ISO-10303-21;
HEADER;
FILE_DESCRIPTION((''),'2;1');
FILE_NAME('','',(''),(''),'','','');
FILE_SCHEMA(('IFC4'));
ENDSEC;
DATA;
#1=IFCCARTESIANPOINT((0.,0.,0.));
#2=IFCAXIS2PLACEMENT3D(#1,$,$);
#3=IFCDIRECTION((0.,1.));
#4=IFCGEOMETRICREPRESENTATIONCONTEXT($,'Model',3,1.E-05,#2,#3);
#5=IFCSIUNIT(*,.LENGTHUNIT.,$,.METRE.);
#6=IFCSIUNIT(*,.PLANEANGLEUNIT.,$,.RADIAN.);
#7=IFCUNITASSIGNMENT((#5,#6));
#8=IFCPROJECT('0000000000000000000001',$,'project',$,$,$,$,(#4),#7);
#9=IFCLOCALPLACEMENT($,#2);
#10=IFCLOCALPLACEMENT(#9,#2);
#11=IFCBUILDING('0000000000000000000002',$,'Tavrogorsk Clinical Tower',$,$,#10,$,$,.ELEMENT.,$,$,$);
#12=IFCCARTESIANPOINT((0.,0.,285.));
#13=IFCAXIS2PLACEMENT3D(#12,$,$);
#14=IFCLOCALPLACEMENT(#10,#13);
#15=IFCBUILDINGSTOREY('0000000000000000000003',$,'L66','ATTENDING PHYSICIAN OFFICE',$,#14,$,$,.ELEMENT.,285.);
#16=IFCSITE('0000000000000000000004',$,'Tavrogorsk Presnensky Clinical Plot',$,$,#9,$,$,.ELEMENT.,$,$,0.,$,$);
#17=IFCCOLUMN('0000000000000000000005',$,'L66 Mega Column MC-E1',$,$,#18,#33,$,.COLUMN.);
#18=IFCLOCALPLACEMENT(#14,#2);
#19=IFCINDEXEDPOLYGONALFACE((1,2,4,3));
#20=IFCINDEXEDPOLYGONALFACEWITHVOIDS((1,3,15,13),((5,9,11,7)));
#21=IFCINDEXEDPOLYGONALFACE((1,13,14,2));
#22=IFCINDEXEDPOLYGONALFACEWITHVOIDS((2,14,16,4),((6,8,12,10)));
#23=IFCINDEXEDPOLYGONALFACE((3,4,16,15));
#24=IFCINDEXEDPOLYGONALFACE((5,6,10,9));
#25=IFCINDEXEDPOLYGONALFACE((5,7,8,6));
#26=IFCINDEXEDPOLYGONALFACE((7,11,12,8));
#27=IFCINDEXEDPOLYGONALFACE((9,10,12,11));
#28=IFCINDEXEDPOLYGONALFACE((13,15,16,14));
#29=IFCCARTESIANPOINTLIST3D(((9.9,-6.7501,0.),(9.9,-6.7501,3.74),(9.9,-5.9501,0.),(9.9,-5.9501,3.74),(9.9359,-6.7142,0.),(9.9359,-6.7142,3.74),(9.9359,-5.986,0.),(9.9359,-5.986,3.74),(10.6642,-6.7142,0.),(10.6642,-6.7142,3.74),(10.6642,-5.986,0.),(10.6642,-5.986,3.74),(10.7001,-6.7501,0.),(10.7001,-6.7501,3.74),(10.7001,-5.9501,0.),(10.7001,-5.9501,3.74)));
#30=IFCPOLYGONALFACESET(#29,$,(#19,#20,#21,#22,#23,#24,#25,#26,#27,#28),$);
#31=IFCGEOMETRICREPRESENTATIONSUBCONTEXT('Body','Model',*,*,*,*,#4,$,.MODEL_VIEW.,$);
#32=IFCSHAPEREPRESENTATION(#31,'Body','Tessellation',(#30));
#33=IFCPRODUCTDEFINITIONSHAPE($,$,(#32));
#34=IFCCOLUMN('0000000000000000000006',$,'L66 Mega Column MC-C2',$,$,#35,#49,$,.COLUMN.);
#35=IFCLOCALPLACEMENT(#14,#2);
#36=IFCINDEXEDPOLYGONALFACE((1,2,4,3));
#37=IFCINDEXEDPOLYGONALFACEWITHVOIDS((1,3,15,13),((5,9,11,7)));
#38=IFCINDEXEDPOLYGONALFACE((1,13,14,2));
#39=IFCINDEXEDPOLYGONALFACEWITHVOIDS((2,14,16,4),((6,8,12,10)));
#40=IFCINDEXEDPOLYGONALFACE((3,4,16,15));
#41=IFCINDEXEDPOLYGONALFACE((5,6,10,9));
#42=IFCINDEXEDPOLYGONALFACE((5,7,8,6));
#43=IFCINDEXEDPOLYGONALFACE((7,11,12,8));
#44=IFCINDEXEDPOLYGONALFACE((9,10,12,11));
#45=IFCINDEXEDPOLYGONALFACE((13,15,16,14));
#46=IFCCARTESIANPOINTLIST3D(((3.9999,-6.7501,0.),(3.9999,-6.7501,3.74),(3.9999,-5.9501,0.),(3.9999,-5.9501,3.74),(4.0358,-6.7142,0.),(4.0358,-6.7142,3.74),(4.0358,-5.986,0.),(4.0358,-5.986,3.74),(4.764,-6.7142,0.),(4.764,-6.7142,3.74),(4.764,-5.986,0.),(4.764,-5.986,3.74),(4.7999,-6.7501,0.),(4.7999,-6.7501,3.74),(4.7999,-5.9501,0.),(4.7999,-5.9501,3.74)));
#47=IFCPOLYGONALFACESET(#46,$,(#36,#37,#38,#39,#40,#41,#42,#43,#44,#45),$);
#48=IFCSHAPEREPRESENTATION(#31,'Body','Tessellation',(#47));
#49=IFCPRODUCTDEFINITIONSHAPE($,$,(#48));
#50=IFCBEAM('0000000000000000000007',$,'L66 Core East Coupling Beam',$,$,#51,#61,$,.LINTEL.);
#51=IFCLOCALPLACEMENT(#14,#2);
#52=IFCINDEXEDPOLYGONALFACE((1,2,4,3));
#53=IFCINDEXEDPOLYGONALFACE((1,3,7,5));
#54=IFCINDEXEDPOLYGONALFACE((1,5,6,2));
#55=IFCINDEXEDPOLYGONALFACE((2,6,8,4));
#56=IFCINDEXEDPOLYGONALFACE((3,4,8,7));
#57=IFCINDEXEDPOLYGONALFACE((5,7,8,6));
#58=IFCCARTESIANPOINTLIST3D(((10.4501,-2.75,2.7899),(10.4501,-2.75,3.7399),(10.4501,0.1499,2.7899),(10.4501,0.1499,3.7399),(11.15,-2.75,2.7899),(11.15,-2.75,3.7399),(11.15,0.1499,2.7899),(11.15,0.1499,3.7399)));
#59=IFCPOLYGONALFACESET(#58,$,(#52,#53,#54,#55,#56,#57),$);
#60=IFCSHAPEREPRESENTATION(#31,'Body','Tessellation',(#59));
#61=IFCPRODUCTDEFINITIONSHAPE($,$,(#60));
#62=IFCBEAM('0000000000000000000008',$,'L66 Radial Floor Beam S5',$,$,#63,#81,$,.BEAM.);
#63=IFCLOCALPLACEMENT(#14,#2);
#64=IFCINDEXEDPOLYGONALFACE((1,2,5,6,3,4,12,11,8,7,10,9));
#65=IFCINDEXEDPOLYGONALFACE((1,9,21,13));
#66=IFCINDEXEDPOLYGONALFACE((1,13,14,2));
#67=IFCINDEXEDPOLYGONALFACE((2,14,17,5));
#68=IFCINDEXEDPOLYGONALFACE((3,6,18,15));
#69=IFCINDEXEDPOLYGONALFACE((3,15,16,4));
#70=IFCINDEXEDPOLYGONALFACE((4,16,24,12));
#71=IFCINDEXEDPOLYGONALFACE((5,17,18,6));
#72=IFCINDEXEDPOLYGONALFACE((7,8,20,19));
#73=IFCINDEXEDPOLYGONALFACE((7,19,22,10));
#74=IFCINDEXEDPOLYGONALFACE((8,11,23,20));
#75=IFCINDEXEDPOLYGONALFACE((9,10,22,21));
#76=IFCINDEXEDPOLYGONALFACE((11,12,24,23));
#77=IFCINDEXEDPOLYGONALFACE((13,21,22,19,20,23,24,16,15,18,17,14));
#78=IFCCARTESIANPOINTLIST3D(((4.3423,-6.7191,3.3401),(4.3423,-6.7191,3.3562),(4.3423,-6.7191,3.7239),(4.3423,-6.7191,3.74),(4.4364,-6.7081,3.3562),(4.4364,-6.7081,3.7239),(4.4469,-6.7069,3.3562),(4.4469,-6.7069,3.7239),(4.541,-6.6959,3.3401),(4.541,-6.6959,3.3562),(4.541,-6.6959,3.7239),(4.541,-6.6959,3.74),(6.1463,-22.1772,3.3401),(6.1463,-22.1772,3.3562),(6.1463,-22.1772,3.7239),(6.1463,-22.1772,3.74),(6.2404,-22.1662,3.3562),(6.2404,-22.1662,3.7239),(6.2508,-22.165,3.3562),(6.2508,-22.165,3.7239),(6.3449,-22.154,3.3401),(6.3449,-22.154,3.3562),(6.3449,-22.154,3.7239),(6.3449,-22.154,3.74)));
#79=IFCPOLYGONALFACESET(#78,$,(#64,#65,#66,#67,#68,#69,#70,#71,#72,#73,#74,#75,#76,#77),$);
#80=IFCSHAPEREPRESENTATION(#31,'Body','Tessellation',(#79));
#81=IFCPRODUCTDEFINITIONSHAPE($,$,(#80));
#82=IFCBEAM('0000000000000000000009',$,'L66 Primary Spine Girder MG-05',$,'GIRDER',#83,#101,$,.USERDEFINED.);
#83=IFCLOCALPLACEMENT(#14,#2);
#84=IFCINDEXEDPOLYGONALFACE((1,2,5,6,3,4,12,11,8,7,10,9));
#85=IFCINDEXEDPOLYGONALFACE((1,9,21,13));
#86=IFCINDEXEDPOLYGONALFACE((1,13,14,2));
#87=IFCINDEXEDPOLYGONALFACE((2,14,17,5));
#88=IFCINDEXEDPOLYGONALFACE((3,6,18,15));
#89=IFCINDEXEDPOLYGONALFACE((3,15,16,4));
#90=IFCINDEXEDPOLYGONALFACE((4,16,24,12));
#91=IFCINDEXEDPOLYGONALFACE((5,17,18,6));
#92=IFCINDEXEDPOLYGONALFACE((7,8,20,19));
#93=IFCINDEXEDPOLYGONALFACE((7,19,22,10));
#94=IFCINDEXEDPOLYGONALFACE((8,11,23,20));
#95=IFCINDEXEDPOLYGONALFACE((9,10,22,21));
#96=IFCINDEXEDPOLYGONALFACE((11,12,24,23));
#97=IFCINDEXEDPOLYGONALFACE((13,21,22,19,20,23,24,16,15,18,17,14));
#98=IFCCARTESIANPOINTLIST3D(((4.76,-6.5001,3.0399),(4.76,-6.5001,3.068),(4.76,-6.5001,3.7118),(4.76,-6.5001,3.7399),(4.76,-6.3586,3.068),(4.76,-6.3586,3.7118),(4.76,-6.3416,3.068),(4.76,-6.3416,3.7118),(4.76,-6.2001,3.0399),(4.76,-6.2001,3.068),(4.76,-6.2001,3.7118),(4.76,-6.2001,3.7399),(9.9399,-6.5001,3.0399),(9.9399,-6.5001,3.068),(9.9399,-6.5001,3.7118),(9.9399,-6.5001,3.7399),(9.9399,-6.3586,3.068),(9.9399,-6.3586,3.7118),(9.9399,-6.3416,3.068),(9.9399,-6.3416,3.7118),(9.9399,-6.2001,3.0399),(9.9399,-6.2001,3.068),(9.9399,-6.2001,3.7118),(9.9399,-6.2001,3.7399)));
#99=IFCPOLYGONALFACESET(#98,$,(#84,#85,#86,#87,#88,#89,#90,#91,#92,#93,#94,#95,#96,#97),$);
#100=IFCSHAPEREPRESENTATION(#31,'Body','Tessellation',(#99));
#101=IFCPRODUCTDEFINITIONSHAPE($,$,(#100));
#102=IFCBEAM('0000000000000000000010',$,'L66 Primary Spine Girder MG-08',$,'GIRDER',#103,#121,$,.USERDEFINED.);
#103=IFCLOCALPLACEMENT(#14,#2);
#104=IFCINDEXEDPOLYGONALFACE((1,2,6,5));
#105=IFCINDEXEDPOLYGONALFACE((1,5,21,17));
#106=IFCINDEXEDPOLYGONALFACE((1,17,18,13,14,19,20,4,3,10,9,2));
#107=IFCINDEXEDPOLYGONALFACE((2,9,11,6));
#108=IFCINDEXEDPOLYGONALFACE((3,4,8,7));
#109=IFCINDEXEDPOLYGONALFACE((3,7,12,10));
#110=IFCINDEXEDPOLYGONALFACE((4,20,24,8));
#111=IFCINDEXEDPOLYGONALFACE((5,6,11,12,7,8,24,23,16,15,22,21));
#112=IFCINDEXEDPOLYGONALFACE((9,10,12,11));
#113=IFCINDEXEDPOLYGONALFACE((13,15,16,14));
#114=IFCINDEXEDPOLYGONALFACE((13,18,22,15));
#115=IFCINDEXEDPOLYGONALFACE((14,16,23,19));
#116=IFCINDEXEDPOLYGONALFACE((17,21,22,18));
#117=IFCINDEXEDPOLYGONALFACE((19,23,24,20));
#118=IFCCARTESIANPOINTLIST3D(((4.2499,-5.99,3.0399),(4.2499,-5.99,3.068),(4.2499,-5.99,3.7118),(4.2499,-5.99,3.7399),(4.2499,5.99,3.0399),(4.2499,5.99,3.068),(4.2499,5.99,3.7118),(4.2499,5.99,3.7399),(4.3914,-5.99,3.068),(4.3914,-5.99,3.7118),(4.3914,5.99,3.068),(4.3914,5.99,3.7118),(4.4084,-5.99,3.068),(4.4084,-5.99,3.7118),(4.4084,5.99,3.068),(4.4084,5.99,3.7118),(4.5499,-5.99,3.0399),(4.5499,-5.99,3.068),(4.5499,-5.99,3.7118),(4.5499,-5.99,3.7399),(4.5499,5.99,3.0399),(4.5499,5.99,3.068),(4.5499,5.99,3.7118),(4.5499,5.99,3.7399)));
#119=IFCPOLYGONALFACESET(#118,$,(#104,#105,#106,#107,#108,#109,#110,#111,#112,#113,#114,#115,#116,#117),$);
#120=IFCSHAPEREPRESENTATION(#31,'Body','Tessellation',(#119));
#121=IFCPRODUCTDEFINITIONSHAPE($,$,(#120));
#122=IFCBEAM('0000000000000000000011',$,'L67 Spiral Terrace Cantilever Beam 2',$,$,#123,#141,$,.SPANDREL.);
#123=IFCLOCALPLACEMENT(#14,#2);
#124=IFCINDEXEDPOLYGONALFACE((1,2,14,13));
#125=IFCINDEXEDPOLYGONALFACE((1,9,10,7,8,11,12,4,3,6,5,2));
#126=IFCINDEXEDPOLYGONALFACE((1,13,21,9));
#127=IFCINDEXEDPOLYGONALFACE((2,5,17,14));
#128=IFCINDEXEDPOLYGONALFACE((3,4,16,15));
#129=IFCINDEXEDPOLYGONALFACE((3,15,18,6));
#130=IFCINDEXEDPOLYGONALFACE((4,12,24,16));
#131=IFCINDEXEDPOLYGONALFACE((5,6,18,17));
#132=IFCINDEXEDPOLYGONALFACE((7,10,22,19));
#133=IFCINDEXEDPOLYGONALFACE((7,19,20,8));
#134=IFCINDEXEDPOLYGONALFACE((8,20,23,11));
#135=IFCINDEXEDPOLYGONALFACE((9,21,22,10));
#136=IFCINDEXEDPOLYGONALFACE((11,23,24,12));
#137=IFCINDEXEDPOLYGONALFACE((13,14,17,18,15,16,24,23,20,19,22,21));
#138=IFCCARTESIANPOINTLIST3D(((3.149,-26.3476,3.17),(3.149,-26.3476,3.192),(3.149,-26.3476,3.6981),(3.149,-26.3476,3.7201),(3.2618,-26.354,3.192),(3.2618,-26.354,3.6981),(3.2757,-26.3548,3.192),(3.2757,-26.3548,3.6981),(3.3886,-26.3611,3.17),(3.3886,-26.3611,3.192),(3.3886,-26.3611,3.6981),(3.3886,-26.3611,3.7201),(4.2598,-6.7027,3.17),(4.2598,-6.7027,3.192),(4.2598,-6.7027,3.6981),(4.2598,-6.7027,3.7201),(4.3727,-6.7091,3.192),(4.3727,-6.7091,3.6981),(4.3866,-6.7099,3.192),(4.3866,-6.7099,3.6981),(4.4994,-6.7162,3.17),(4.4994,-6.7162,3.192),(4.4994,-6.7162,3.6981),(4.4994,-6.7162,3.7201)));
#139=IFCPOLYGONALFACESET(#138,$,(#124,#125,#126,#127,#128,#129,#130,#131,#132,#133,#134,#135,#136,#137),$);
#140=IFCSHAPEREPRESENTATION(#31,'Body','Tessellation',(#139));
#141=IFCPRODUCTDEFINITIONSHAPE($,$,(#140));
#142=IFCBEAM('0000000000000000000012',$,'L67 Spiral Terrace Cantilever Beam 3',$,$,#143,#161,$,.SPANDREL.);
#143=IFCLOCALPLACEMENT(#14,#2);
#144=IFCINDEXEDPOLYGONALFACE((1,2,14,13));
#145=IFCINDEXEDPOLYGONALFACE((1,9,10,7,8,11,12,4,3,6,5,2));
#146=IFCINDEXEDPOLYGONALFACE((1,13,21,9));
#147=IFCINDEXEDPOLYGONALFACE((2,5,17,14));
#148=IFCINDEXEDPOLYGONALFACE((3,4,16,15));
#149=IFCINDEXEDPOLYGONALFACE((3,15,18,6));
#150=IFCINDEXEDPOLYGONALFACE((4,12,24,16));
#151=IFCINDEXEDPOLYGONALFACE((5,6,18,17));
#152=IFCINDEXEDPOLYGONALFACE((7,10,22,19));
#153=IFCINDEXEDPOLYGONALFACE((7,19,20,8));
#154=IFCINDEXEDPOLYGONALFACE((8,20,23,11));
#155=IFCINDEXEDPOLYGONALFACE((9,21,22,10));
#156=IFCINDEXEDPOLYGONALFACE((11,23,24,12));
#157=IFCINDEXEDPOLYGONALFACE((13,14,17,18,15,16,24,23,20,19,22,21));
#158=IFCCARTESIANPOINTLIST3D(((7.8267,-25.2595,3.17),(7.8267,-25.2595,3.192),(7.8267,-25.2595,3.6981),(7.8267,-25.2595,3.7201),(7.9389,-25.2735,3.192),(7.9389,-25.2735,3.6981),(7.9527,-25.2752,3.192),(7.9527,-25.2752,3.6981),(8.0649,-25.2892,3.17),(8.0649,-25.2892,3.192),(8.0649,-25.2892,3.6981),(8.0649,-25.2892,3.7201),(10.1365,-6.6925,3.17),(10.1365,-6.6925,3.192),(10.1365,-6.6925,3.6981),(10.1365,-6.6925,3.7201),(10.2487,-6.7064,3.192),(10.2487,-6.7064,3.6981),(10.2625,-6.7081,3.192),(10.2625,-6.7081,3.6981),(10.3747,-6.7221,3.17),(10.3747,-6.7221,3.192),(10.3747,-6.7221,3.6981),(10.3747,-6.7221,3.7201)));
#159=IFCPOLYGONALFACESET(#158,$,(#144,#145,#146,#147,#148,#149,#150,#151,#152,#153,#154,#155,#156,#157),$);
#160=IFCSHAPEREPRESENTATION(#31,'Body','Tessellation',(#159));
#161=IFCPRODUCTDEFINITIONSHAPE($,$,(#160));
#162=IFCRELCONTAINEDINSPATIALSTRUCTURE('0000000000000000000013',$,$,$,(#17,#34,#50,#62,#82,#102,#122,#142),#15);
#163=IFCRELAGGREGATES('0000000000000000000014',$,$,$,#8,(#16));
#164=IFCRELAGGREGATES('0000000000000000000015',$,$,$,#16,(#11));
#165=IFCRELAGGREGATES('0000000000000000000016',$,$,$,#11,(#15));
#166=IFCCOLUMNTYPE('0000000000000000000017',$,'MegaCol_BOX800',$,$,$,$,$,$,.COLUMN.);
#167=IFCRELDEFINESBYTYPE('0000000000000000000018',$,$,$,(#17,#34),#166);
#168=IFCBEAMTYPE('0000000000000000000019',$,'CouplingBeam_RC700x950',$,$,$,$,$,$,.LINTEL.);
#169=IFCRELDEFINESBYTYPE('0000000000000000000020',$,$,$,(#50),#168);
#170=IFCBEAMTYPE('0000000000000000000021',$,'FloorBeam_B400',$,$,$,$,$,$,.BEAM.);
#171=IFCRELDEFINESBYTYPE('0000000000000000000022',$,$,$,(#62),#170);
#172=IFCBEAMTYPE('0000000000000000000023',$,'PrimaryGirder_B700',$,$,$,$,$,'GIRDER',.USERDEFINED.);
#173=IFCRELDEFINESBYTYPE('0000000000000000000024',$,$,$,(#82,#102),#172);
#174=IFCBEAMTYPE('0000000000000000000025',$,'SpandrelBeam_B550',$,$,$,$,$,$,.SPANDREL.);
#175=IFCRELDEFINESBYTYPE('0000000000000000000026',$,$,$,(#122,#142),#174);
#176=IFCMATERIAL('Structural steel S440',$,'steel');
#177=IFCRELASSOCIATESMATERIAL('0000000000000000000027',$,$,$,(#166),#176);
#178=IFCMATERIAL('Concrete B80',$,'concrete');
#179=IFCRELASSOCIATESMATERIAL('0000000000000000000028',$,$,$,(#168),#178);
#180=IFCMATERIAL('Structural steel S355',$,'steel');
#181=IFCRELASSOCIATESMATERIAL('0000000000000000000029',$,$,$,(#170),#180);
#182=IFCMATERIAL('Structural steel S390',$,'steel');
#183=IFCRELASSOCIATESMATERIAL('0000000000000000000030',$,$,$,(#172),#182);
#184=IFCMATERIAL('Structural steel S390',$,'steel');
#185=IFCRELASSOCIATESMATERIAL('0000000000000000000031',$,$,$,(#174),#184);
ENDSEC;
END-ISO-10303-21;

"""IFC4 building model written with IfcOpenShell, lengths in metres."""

from ifc_helpers import new_model, si_unit, direction, frame, origin, origin_2d, place, context, subcontext, project, spatial, rectangle, hollow_rectangle, i_section, extrude, material, material_profile, profile_set, type_object, element, save


model = new_model("IFC4")

# Units and contexts
model_context = context("Model", 3, precision=1e-05, world=origin(), true_north=direction((0.0, 1.0)))
body_context = subcontext(model_context, "Body", "Model", "MODEL_VIEW")
ifc_project = project(units=[si_unit("LENGTHUNIT", "METRE"), si_unit("PLANEANGLEUNIT", "RADIAN")], contexts=[model_context])

# Site, building, storey
site_placement = place(None, origin())
site = spatial("IfcSite", under=ifc_project, at=site_placement, Name="Tavrogorsk Presnensky Clinical Plot", CompositionType="ELEMENT", RefElevation=0.0)
building_placement = place(site_placement, origin())
building = spatial("IfcBuilding", under=site, at=building_placement, Name="Tavrogorsk Clinical Tower", CompositionType="ELEMENT")
storey_placement = place(building_placement, frame((0.0, 0.0, 285.0)))
storey = spatial("IfcBuildingStorey", under=building, at=storey_placement, Name="L66", Description="ATTENDING PHYSICIAN OFFICE", CompositionType="ELEMENT", Elevation=285.0)

# Columns
ifc_material_1 = material(Name="Structural steel S440", Category="steel")
ifc_material_profile_1 = material_profile(ifc_material_1, hollow_rectangle(XDim=0.8, YDim=0.8, WallThickness=0.0359, at=origin_2d()), Name="BOX-800x800x36")
ifc_profile_set_1 = profile_set([ifc_material_profile_1], Name="Structural steel S440")
column_type = type_object("IfcColumnType", Name="MegaCol_BOX800", PredefinedType="COLUMN", material=ifc_profile_set_1)
for number, where, z_axis, x_axis, name in (
    (1, (10.3, -6.3501, 0.0), (0.0, 0.0, 1.0), (1.0, 0.0, 0.0), "L66 Mega Column MC-E1"),
    (2, (4.3999, -6.3501, 0.0), (0.0, 0.0, 1.0), (1.0, 0.0, 0.0), "L66 Mega Column MC-C2"),
):
    element("IfcColumn", number, at=place(storey_placement, frame(where, z_axis=z_axis, x_axis=x_axis)), inside=storey, type_object=column_type, Name=name, PredefinedType="COLUMN", context=body_context, shape_type="SweptSolid", body=[
        extrude(hollow_rectangle(XDim=0.8, YDim=0.8, WallThickness=0.0359, at=origin_2d()), origin(), (0.0, 0.0, 1.0), 3.74),
    ])

# Beams
ifc_material_2 = material(Name="Concrete B80", Category="concrete")
ifc_material_profile_2 = material_profile(ifc_material_2, rectangle(XDim=0.7, YDim=0.95, at=origin_2d()), Name="RC-CB-700x950")
ifc_profile_set_2 = profile_set([ifc_material_profile_2], Name="Concrete B80")
beam_type_1 = type_object("IfcBeamType", Name="CouplingBeam_RC700x950", PredefinedType="LINTEL", material=ifc_profile_set_2)
beam_1_placement = place(storey_placement, frame((10.8, -2.75, 3.2649), z_axis=(0.0, 1.0, 0.0), x_axis=(-1.0, 0.0, 0.0)))
element("IfcBeam", 3, at=beam_1_placement, inside=storey, type_object=beam_type_1, Name="L66 Core East Coupling Beam", PredefinedType="LINTEL", context=body_context, shape_type="SweptSolid", body=[
    extrude(rectangle(XDim=0.7, YDim=0.95, at=origin_2d()), origin(), (0.0, 0.0, 1.0), 2.8999),
])
ifc_material_3 = material(Name="Structural steel S355", Category="steel")
ifc_material_profile_3 = material_profile(ifc_material_3, i_section(OverallWidth=0.2, OverallDepth=0.3999, WebThickness=0.0105, FlangeThickness=0.0161, at=origin_2d()), Name="B-400x200x10.5x16")
ifc_profile_set_3 = profile_set([ifc_material_profile_3], Name="Structural steel S355")
beam_type_2 = type_object("IfcBeamType", Name="FloorBeam_B400", PredefinedType="BEAM", material=ifc_profile_set_3)
beam_2_placement = place(storey_placement, frame((4.4417, -6.7075, 3.54), z_axis=(0.115914, -0.993259, 0.0), x_axis=(0.993259, 0.115914, 0.0)))
element("IfcBeam", 4, at=beam_2_placement, inside=storey, type_object=beam_type_2, Name="L66 Radial Floor Beam S5", PredefinedType="BEAM", context=body_context, shape_type="SweptSolid", body=[
    extrude(i_section(OverallWidth=0.2, OverallDepth=0.3999, WebThickness=0.0105, FlangeThickness=0.0161, at=origin_2d()), origin(), (0.0, 0.0, 1.0), 15.563),
])
ifc_material_4 = material(Name="Structural steel S390", Category="steel")
ifc_material_profile_4 = material_profile(ifc_material_4, i_section(OverallWidth=0.3, OverallDepth=0.7, WebThickness=0.0171, FlangeThickness=0.0281, at=origin_2d()), Name="B-700x300x17x28")
ifc_profile_set_4 = profile_set([ifc_material_profile_4], Name="Structural steel S390")
beam_type_3 = type_object("IfcBeamType", Name="PrimaryGirder_B700", ElementType="GIRDER", PredefinedType="USERDEFINED", material=ifc_profile_set_4)
beam_3_placement = place(storey_placement, frame((4.76, -6.3501, 3.3899), z_axis=(1.0, 0.0, 0.0), x_axis=(0.0, 1.0, 0.0)))
element("IfcBeam", 5, at=beam_3_placement, inside=storey, type_object=beam_type_3, Name="L66 Primary Spine Girder MG-05", ObjectType="GIRDER", PredefinedType="USERDEFINED", context=body_context, shape_type="SweptSolid", body=[
    extrude(i_section(OverallWidth=0.3, OverallDepth=0.7, WebThickness=0.0171, FlangeThickness=0.0281, at=origin_2d()), origin(), (0.0, 0.0, 1.0), 5.1799),
])
beam_4_placement = place(storey_placement, frame((4.3999, -5.99, 3.3899), z_axis=(0.0, 1.0, 0.0), x_axis=(-1.0, 0.0, 0.0)))
element("IfcBeam", 6, at=beam_4_placement, inside=storey, type_object=beam_type_3, Name="L66 Primary Spine Girder MG-08", ObjectType="GIRDER", PredefinedType="USERDEFINED", context=body_context, shape_type="SweptSolid", body=[
    extrude(i_section(OverallWidth=0.3, OverallDepth=0.7, WebThickness=0.0171, FlangeThickness=0.0281, at=origin_2d()), origin(), (0.0, 0.0, 1.0), 11.98),
])
ifc_material_5 = material(Name="Structural steel S390", Category="steel")
ifc_material_profile_5 = material_profile(ifc_material_5, i_section(OverallWidth=0.24, OverallDepth=0.55, WebThickness=0.0139, FlangeThickness=0.022, at=origin_2d()), Name="B-550x240x14x22")
ifc_profile_set_5 = profile_set([ifc_material_profile_5], Name="Structural steel S390")
beam_type_4 = type_object("IfcBeamType", Name="SpandrelBeam_B550", PredefinedType="SPANDREL", material=ifc_profile_set_5)
beam_5_placement = place(storey_placement, frame((4.3796, -6.7095, 3.4451), z_axis=(-0.056456, -0.998405, 0.0), x_axis=(0.998405, -0.056456, 0.0)))
element("IfcBeam", 7, at=beam_5_placement, inside=storey, type_object=beam_type_4, Name="L67 Spiral Terrace Cantilever Beam 2", PredefinedType="SPANDREL", context=body_context, shape_type="SweptSolid", body=[
    extrude(i_section(OverallWidth=0.24, OverallDepth=0.55, WebThickness=0.0139, FlangeThickness=0.022, at=origin_2d()), origin(), (0.0, 0.0, 1.0), 19.6763),
])
beam_6_placement = place(storey_placement, frame((10.2556, -6.7073, 3.4451), z_axis=(-0.123452, -0.992351, 0.0), x_axis=(0.992351, -0.123452, 0.0)))
element("IfcBeam", 8, at=beam_6_placement, inside=storey, type_object=beam_type_4, Name="L67 Spiral Terrace Cantilever Beam 3", PredefinedType="SPANDREL", context=body_context, shape_type="SweptSolid", body=[
    extrude(i_section(OverallWidth=0.24, OverallDepth=0.55, WebThickness=0.0139, FlangeThickness=0.022, at=origin_2d()), origin(), (0.0, 0.0, 1.0), 18.7102),
])

save(model, "model.ifc")
